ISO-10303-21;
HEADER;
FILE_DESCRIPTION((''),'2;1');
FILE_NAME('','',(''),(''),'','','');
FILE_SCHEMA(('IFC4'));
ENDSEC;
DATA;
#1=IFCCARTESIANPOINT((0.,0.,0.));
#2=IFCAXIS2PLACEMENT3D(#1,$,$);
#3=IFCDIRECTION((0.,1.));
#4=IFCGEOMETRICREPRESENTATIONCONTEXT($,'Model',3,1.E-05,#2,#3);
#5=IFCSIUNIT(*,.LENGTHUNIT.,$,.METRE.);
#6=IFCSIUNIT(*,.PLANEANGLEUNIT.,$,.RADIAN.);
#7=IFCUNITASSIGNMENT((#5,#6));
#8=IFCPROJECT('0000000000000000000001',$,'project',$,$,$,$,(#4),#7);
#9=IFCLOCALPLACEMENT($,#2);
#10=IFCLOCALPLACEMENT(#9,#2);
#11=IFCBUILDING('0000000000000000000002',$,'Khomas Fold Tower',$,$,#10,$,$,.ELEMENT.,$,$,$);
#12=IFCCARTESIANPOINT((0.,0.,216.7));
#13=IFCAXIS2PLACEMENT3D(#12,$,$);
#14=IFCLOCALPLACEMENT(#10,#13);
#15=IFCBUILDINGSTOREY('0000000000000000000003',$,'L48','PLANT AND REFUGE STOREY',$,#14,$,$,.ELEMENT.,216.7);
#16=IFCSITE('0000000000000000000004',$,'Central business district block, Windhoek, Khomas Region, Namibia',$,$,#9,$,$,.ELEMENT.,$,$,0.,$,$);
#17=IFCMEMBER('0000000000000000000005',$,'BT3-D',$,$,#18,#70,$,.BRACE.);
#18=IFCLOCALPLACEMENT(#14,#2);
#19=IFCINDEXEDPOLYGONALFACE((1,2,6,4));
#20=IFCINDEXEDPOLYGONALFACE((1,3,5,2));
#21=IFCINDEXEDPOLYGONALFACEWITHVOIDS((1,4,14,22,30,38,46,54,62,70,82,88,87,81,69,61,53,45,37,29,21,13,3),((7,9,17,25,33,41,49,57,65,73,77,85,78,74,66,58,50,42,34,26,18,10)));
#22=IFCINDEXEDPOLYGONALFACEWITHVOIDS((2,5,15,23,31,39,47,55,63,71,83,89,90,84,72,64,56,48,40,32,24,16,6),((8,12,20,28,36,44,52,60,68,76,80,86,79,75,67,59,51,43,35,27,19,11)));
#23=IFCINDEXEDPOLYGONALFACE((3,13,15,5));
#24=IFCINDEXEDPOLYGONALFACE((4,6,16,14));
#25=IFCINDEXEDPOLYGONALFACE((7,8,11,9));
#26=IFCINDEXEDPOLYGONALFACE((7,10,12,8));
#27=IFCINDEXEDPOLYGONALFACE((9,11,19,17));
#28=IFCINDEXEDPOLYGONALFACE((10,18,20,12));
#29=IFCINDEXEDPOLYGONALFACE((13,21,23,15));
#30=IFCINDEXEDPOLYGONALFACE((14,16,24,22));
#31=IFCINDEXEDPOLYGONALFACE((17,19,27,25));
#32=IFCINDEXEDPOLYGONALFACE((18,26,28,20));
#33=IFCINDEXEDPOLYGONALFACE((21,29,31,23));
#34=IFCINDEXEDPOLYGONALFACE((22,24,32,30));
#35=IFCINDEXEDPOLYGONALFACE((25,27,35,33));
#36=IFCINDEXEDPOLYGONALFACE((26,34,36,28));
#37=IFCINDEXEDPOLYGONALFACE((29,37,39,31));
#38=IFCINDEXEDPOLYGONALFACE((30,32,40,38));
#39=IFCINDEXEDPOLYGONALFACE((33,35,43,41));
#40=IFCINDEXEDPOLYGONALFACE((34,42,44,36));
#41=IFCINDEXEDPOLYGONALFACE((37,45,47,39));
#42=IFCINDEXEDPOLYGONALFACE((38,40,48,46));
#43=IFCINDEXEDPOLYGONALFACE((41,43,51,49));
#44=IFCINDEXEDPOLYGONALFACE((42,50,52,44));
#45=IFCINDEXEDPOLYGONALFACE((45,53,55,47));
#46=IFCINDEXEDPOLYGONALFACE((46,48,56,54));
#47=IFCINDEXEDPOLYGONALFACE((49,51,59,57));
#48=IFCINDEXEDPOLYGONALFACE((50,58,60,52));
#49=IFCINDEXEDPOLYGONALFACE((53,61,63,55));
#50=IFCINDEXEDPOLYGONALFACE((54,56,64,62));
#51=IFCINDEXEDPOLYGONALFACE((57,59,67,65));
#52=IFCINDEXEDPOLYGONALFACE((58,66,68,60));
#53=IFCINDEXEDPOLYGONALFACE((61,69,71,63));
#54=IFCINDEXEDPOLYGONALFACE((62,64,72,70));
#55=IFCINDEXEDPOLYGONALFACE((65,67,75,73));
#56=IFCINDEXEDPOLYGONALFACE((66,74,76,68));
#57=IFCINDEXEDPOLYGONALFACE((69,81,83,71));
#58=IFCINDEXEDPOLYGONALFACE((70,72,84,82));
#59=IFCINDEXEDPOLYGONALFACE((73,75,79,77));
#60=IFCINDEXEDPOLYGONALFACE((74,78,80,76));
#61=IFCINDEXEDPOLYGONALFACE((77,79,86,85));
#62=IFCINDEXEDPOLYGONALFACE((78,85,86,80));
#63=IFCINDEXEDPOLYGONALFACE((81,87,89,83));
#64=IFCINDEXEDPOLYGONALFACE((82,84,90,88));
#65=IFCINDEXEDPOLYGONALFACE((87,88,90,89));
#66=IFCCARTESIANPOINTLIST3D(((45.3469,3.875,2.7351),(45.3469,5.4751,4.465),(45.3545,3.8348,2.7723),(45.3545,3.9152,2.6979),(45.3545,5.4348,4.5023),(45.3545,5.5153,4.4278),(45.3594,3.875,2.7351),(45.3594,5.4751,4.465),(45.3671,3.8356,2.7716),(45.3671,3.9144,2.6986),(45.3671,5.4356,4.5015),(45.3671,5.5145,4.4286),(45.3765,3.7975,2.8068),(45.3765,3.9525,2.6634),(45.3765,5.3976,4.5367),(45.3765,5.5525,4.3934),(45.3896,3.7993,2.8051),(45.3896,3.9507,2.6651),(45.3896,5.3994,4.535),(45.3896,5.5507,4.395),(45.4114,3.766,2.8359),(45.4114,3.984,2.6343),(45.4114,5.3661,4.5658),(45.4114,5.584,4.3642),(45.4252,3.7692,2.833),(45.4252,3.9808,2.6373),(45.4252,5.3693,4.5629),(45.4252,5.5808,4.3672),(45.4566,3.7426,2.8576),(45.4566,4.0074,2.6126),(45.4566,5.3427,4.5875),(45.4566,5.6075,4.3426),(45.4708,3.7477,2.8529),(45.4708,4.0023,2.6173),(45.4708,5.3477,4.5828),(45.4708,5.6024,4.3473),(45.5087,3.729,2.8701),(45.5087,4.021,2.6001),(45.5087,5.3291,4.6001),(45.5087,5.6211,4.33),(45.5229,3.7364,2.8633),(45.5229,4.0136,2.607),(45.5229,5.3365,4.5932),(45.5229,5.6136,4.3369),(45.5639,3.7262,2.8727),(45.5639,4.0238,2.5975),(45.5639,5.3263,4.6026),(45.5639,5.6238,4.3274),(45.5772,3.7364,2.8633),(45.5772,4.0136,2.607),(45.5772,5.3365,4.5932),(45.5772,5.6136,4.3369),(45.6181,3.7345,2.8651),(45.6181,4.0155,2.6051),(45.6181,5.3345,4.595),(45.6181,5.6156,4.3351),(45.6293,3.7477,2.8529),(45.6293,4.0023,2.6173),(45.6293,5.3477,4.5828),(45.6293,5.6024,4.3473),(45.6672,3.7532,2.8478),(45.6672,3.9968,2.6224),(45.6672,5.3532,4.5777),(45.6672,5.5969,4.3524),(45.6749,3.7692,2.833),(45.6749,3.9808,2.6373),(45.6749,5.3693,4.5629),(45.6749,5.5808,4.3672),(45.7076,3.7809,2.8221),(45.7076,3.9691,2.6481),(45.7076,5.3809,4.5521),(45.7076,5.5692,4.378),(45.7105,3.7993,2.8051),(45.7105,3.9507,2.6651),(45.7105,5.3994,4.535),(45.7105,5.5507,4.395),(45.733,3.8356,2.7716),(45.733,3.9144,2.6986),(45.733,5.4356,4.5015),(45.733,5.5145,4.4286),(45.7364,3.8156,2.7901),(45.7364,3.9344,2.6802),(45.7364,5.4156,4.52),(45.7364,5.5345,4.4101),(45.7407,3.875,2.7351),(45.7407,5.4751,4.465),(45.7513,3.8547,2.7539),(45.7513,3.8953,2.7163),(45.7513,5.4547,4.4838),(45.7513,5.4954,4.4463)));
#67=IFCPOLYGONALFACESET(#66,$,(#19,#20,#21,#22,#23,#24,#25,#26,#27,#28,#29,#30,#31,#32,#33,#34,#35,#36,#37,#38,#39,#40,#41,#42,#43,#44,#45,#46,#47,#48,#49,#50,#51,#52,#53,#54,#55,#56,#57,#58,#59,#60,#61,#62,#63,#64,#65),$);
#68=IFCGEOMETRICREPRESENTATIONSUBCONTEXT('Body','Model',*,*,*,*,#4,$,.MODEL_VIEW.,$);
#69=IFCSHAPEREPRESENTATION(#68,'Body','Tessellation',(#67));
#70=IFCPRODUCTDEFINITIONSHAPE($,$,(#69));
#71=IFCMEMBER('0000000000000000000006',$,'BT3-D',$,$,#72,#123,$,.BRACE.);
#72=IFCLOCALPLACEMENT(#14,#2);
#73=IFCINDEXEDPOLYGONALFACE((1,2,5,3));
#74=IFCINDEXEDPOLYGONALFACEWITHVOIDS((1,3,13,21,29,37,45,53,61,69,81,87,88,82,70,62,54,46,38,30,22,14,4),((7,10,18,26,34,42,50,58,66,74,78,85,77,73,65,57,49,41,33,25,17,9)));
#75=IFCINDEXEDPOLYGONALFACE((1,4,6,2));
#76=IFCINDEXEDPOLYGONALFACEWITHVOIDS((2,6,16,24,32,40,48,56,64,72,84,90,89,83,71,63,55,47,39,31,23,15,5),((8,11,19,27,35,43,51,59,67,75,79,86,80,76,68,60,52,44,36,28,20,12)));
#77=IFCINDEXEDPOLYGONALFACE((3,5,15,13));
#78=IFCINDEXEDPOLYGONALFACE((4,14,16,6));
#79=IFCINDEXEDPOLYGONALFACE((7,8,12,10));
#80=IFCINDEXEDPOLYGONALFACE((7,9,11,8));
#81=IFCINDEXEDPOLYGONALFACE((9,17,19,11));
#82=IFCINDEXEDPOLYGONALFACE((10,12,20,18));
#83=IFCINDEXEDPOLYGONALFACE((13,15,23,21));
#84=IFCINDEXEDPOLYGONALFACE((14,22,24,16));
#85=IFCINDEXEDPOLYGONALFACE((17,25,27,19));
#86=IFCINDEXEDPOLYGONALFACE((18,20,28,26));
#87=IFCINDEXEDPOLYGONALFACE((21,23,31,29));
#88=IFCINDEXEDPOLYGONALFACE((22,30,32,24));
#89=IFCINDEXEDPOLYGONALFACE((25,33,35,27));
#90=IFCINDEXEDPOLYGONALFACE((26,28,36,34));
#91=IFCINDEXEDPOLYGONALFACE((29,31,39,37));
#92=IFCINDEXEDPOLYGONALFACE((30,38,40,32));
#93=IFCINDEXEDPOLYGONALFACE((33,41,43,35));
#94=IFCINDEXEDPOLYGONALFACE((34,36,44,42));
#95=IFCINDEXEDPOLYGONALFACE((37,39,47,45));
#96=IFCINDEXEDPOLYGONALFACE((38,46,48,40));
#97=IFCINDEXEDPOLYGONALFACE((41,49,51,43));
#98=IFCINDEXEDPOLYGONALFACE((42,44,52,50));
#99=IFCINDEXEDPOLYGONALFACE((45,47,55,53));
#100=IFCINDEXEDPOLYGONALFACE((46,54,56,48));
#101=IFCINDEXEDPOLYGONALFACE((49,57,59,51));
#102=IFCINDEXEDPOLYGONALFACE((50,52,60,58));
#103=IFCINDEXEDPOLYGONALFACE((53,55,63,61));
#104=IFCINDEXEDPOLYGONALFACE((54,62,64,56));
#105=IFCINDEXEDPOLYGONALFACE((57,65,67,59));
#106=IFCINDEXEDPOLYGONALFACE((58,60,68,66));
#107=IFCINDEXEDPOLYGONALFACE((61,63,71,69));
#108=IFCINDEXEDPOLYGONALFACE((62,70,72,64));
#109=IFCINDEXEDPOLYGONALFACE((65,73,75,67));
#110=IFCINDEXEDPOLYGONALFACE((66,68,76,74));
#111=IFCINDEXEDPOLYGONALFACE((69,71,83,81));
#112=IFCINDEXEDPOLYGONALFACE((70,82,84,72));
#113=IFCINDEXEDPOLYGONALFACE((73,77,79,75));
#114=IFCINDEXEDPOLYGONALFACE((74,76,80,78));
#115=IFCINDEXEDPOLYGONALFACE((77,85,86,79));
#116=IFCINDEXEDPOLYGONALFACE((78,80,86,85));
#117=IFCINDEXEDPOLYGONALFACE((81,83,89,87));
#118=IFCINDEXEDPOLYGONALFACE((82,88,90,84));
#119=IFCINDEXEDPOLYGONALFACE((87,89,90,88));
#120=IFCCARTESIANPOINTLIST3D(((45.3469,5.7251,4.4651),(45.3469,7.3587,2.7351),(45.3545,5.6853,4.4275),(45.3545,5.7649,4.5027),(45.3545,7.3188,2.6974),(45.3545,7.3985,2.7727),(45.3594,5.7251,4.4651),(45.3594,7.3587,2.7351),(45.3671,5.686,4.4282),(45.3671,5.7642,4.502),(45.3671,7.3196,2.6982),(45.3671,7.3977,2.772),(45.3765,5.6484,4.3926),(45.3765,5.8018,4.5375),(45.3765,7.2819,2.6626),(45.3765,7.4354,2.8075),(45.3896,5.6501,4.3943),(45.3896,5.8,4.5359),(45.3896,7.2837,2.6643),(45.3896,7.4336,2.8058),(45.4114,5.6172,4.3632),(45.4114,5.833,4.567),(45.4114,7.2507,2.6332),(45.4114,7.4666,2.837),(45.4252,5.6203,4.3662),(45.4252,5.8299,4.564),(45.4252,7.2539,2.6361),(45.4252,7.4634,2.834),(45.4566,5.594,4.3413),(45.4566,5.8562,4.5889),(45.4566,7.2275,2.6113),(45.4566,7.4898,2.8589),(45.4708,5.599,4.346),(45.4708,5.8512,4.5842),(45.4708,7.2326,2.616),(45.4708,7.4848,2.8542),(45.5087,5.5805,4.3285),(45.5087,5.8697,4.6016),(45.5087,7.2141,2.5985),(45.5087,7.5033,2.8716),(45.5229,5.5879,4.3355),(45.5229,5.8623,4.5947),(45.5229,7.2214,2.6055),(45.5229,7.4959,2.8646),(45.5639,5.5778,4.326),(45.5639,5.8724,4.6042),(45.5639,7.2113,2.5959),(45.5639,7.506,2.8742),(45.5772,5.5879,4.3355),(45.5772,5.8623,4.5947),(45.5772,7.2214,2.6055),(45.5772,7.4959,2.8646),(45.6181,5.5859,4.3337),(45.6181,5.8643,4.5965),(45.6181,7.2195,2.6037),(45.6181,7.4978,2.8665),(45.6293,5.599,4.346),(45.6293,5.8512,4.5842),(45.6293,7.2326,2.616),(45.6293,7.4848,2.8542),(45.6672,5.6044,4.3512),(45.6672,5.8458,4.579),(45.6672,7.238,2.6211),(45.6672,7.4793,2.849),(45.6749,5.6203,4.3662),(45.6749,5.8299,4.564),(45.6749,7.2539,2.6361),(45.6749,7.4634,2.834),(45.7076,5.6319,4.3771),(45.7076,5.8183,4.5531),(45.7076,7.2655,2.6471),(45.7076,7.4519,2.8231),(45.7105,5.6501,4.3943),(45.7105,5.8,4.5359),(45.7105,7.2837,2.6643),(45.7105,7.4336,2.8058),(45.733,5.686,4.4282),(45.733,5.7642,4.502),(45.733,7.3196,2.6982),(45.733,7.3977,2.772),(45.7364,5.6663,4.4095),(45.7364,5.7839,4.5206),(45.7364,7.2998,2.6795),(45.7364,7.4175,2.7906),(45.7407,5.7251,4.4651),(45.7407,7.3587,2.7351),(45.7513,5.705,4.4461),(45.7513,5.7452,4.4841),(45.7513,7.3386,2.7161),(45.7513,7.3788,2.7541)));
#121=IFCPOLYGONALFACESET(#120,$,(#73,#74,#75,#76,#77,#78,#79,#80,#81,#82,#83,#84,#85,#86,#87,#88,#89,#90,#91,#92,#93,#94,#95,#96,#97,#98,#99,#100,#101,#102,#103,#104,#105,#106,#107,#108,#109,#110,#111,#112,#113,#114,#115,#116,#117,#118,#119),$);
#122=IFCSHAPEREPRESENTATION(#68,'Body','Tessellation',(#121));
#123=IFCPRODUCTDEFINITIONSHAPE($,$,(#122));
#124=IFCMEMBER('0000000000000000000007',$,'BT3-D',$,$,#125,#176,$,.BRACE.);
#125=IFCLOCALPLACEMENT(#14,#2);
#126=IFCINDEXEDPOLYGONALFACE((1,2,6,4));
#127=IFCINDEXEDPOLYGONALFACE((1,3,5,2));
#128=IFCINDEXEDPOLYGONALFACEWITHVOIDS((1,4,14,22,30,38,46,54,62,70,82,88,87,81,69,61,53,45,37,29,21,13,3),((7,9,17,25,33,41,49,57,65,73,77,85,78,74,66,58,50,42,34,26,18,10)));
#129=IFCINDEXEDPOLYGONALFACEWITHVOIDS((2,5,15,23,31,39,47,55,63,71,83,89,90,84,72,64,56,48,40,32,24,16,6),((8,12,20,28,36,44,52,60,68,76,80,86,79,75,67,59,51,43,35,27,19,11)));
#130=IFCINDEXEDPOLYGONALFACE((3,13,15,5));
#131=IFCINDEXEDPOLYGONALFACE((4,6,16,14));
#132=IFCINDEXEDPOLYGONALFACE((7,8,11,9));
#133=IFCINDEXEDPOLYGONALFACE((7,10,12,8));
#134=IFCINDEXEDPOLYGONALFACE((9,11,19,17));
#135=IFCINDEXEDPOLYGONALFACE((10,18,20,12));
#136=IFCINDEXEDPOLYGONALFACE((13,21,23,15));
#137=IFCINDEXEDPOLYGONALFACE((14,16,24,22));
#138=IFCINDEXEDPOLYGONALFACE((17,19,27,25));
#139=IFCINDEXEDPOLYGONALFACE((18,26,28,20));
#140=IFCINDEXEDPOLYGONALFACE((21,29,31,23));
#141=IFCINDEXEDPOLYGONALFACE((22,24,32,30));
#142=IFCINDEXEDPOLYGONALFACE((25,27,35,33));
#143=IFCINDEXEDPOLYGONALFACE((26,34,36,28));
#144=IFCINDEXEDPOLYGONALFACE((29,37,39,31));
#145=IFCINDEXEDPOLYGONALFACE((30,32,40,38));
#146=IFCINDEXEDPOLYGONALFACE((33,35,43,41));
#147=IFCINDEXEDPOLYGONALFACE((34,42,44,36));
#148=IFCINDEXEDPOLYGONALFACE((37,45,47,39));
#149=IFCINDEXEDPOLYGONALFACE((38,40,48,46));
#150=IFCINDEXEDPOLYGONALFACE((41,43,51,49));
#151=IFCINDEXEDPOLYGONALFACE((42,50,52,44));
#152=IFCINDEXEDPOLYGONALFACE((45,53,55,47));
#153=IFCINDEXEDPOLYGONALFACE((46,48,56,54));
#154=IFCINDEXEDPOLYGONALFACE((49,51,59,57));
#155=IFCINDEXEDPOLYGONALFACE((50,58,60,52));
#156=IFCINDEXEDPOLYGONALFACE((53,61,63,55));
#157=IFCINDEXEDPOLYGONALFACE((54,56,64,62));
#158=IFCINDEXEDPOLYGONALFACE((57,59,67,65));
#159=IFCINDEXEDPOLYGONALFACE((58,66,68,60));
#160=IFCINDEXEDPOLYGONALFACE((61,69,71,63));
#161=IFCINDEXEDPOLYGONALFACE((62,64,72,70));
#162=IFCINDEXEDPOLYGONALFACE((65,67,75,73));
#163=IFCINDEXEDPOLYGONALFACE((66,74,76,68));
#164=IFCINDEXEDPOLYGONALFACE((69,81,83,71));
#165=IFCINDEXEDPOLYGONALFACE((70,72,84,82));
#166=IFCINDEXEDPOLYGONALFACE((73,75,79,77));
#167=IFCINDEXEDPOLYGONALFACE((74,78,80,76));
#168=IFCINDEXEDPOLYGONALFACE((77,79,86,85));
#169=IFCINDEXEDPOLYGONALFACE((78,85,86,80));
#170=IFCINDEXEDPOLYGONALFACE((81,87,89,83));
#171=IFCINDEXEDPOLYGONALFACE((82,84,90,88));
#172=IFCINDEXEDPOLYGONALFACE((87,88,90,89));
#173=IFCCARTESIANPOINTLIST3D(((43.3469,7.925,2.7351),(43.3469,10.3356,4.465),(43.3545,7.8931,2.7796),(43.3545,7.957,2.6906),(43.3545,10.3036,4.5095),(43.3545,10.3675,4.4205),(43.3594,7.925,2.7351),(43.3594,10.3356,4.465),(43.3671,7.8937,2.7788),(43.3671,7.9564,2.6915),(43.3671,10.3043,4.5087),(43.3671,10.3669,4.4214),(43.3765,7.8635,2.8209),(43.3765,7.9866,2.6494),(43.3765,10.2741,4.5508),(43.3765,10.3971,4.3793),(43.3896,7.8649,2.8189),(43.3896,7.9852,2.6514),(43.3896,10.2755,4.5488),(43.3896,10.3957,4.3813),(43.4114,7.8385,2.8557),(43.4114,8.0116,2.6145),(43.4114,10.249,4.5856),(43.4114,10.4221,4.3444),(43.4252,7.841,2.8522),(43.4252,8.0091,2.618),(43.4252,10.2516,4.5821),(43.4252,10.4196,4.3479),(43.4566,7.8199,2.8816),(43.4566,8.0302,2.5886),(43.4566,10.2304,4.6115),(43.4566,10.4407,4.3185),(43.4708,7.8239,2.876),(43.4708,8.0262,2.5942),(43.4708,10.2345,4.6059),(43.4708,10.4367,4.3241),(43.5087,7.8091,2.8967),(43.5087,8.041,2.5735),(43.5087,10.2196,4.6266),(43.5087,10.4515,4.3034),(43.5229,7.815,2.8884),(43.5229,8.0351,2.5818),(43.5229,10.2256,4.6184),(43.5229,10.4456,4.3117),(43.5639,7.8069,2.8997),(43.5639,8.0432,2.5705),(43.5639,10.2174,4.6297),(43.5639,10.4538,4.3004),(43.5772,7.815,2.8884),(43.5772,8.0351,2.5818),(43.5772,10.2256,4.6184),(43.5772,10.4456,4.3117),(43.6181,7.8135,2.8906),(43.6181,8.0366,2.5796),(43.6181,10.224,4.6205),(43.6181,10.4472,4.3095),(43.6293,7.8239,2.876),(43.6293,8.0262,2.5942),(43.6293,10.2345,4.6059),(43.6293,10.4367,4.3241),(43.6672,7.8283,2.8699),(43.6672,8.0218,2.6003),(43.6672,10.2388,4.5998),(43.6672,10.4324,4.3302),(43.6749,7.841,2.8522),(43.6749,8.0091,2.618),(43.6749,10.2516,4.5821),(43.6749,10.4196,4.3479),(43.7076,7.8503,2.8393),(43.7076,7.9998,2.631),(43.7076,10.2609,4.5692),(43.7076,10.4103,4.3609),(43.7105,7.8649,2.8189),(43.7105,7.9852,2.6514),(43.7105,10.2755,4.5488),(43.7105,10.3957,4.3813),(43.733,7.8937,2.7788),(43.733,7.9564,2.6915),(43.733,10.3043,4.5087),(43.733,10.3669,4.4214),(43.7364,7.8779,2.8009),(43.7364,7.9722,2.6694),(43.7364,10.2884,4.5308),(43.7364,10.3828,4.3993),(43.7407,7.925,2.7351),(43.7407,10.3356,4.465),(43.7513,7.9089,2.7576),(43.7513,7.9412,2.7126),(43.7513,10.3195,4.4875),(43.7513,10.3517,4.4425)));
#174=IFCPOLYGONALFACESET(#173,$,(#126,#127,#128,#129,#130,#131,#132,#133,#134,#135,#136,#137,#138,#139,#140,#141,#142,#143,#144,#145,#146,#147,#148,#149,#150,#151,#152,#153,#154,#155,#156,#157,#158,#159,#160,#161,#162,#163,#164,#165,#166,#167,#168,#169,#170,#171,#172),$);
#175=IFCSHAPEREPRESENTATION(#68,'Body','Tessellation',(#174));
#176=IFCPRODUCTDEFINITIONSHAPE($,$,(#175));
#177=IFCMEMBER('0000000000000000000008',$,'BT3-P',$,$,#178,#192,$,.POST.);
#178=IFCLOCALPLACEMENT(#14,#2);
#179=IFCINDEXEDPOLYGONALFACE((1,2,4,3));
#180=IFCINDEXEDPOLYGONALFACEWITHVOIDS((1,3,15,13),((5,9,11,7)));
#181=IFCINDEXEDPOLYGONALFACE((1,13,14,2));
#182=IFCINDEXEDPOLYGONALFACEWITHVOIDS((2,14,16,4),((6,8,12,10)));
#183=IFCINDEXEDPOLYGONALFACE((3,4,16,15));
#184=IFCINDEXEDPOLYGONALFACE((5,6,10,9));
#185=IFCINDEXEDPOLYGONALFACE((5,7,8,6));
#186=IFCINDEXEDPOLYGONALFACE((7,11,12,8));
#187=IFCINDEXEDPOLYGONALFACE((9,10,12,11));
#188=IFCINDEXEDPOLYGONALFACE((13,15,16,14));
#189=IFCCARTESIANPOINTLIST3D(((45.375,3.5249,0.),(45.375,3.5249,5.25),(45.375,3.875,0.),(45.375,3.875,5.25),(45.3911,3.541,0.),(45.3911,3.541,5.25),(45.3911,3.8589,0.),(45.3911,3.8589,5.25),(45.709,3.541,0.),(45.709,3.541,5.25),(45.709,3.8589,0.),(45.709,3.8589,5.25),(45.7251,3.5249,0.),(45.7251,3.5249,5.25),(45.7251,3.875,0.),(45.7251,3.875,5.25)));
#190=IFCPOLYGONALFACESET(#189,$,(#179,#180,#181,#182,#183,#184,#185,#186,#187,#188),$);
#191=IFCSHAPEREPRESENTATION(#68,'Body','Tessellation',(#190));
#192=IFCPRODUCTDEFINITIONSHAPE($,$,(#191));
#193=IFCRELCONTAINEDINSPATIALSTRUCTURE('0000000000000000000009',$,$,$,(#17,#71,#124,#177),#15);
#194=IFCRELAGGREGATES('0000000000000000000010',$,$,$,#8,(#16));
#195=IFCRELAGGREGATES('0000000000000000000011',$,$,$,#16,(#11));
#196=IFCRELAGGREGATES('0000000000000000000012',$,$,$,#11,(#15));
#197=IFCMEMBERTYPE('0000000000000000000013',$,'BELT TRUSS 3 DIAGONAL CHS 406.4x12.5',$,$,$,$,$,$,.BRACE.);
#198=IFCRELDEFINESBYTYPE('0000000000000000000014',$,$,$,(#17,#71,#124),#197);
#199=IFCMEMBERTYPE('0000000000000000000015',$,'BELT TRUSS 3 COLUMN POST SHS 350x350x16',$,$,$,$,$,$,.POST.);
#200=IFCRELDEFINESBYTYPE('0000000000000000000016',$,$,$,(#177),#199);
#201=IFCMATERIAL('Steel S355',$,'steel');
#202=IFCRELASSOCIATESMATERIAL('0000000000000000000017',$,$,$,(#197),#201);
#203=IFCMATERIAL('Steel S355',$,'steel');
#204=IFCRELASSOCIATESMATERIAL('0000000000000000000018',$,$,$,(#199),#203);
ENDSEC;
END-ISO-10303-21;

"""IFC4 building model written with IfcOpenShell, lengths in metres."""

from ifc_helpers import new_model, si_unit, direction, frame, origin, origin_2d, place, context, subcontext, project, spatial, hollow_rectangle, hollow_circle, extrude, source, transform, mapped, material, material_profile, profile_set, type_object, element, save


model = new_model("IFC4")

# Units and contexts
model_context = context("Model", 3, precision=1e-05, world=origin(), true_north=direction((0.0, 1.0)))
body_context = subcontext(model_context, "Body", "Model", "MODEL_VIEW")
ifc_project = project(units=[si_unit("LENGTHUNIT", "METRE"), si_unit("PLANEANGLEUNIT", "RADIAN")], contexts=[model_context])

# Site, building, storey
site_placement = place(None, origin())
site = spatial("IfcSite", under=ifc_project, at=site_placement, Name="Central business district block, Windhoek, Khomas Region, Namibia", CompositionType="ELEMENT", RefElevation=0.0)
building_placement = place(site_placement, origin())
building = spatial("IfcBuilding", under=site, at=building_placement, Name="Khomas Fold Tower", CompositionType="ELEMENT")
storey_placement = place(building_placement, frame((0.0, 0.0, 216.7)))
storey = spatial("IfcBuildingStorey", under=building, at=storey_placement, Name="L48", Description="PLANT AND REFUGE STOREY", CompositionType="ELEMENT", Elevation=216.7)

# Members
ifc_material_1 = material(Name="Steel S355", Category="steel")
ifc_material_profile_1 = material_profile(ifc_material_1, hollow_circle(Radius=0.2031, WallThickness=0.0125, at=origin_2d()), Name="CHS 406.4x12.5")
ifc_profile_set_1 = profile_set([ifc_material_profile_1], Name="Steel S355")
member_type_1 = type_object("IfcMemberType", Name="BELT TRUSS 3 DIAGONAL CHS 406.4x12.5", PredefinedType="BRACE", material=ifc_profile_set_1)
shared_shape_1 = source(origin(), body_context, "Body", "SweptSolid", [
    extrude(hollow_circle(Radius=0.2031, WallThickness=0.0125, at=origin_2d()), origin(), (0.0, 0.0, 1.0), 2.3564),
])
member_1_placement = place(storey_placement, frame((45.55, 3.875, 2.7351), z_axis=(0.0, 0.679011, 0.734128), x_axis=(-1.0, 0.0, 0.0)))
element("IfcMember", 1, at=member_1_placement, inside=storey, type_object=member_type_1, Name="BT3-D", PredefinedType="BRACE", context=body_context, shape_type="MappedRepresentation", body=[
    mapped(shared_shape_1, transform((0.0, 0.0, 0.0))),
])
shared_shape_2 = source(origin(), body_context, "Body", "SweptSolid", [
    extrude(hollow_circle(Radius=0.2031, WallThickness=0.0125, at=origin_2d()), origin(), (0.0, 0.0, 1.0), 2.3794),
])
member_2_placement = place(storey_placement, frame((45.55, 5.7251, 4.4651), z_axis=(0.0, 0.686551, -0.727081), x_axis=(-1.0, 0.0, 0.0)))
element("IfcMember", 2, at=member_2_placement, inside=storey, type_object=member_type_1, Name="BT3-D", PredefinedType="BRACE", context=body_context, shape_type="MappedRepresentation", body=[
    mapped(shared_shape_2, transform((0.0, 0.0, 0.0))),
])
shared_shape_3 = source(origin(), body_context, "Body", "SweptSolid", [
    extrude(hollow_circle(Radius=0.2031, WallThickness=0.0125, at=origin_2d()), origin(), (0.0, 0.0, 1.0), 2.967),
])
member_3_placement = place(storey_placement, frame((43.55, 7.925, 2.7351), z_axis=(0.0, 0.812442, 0.583042), x_axis=(-1.0, 0.0, 0.0)))
element("IfcMember", 3, at=member_3_placement, inside=storey, type_object=member_type_1, Name="BT3-D", PredefinedType="BRACE", context=body_context, shape_type="MappedRepresentation", body=[
    mapped(shared_shape_3, transform((0.0, 0.0, 0.0))),
])
ifc_material_2 = material(Name="Steel S355", Category="steel")
ifc_material_profile_2 = material_profile(ifc_material_2, hollow_rectangle(XDim=0.3501, YDim=0.3501, WallThickness=0.0161, at=origin_2d()), Name="SHS 350x350x16")
ifc_profile_set_2 = profile_set([ifc_material_profile_2], Name="Steel S355")
member_type_2 = type_object("IfcMemberType", Name="BELT TRUSS 3 COLUMN POST SHS 350x350x16", PredefinedType="POST", material=ifc_profile_set_2)
shared_shape_4 = source(origin(), body_context, "Body", "SweptSolid", [
    extrude(hollow_rectangle(XDim=0.3501, YDim=0.3501, WallThickness=0.0161, at=origin_2d()), origin(), (0.0, 0.0, 1.0), 5.25),
])
member_4_placement = place(storey_placement, frame((45.55, 3.7, 0.0), z_axis=(0.0, 0.0, 1.0), x_axis=(1.0, 0.0, 0.0)))
element("IfcMember", 4, at=member_4_placement, inside=storey, type_object=member_type_2, Name="BT3-P", PredefinedType="POST", context=body_context, shape_type="MappedRepresentation", body=[
    mapped(shared_shape_4, transform((0.0, 0.0, 0.0))),
])

save(model, "model.ifc")
